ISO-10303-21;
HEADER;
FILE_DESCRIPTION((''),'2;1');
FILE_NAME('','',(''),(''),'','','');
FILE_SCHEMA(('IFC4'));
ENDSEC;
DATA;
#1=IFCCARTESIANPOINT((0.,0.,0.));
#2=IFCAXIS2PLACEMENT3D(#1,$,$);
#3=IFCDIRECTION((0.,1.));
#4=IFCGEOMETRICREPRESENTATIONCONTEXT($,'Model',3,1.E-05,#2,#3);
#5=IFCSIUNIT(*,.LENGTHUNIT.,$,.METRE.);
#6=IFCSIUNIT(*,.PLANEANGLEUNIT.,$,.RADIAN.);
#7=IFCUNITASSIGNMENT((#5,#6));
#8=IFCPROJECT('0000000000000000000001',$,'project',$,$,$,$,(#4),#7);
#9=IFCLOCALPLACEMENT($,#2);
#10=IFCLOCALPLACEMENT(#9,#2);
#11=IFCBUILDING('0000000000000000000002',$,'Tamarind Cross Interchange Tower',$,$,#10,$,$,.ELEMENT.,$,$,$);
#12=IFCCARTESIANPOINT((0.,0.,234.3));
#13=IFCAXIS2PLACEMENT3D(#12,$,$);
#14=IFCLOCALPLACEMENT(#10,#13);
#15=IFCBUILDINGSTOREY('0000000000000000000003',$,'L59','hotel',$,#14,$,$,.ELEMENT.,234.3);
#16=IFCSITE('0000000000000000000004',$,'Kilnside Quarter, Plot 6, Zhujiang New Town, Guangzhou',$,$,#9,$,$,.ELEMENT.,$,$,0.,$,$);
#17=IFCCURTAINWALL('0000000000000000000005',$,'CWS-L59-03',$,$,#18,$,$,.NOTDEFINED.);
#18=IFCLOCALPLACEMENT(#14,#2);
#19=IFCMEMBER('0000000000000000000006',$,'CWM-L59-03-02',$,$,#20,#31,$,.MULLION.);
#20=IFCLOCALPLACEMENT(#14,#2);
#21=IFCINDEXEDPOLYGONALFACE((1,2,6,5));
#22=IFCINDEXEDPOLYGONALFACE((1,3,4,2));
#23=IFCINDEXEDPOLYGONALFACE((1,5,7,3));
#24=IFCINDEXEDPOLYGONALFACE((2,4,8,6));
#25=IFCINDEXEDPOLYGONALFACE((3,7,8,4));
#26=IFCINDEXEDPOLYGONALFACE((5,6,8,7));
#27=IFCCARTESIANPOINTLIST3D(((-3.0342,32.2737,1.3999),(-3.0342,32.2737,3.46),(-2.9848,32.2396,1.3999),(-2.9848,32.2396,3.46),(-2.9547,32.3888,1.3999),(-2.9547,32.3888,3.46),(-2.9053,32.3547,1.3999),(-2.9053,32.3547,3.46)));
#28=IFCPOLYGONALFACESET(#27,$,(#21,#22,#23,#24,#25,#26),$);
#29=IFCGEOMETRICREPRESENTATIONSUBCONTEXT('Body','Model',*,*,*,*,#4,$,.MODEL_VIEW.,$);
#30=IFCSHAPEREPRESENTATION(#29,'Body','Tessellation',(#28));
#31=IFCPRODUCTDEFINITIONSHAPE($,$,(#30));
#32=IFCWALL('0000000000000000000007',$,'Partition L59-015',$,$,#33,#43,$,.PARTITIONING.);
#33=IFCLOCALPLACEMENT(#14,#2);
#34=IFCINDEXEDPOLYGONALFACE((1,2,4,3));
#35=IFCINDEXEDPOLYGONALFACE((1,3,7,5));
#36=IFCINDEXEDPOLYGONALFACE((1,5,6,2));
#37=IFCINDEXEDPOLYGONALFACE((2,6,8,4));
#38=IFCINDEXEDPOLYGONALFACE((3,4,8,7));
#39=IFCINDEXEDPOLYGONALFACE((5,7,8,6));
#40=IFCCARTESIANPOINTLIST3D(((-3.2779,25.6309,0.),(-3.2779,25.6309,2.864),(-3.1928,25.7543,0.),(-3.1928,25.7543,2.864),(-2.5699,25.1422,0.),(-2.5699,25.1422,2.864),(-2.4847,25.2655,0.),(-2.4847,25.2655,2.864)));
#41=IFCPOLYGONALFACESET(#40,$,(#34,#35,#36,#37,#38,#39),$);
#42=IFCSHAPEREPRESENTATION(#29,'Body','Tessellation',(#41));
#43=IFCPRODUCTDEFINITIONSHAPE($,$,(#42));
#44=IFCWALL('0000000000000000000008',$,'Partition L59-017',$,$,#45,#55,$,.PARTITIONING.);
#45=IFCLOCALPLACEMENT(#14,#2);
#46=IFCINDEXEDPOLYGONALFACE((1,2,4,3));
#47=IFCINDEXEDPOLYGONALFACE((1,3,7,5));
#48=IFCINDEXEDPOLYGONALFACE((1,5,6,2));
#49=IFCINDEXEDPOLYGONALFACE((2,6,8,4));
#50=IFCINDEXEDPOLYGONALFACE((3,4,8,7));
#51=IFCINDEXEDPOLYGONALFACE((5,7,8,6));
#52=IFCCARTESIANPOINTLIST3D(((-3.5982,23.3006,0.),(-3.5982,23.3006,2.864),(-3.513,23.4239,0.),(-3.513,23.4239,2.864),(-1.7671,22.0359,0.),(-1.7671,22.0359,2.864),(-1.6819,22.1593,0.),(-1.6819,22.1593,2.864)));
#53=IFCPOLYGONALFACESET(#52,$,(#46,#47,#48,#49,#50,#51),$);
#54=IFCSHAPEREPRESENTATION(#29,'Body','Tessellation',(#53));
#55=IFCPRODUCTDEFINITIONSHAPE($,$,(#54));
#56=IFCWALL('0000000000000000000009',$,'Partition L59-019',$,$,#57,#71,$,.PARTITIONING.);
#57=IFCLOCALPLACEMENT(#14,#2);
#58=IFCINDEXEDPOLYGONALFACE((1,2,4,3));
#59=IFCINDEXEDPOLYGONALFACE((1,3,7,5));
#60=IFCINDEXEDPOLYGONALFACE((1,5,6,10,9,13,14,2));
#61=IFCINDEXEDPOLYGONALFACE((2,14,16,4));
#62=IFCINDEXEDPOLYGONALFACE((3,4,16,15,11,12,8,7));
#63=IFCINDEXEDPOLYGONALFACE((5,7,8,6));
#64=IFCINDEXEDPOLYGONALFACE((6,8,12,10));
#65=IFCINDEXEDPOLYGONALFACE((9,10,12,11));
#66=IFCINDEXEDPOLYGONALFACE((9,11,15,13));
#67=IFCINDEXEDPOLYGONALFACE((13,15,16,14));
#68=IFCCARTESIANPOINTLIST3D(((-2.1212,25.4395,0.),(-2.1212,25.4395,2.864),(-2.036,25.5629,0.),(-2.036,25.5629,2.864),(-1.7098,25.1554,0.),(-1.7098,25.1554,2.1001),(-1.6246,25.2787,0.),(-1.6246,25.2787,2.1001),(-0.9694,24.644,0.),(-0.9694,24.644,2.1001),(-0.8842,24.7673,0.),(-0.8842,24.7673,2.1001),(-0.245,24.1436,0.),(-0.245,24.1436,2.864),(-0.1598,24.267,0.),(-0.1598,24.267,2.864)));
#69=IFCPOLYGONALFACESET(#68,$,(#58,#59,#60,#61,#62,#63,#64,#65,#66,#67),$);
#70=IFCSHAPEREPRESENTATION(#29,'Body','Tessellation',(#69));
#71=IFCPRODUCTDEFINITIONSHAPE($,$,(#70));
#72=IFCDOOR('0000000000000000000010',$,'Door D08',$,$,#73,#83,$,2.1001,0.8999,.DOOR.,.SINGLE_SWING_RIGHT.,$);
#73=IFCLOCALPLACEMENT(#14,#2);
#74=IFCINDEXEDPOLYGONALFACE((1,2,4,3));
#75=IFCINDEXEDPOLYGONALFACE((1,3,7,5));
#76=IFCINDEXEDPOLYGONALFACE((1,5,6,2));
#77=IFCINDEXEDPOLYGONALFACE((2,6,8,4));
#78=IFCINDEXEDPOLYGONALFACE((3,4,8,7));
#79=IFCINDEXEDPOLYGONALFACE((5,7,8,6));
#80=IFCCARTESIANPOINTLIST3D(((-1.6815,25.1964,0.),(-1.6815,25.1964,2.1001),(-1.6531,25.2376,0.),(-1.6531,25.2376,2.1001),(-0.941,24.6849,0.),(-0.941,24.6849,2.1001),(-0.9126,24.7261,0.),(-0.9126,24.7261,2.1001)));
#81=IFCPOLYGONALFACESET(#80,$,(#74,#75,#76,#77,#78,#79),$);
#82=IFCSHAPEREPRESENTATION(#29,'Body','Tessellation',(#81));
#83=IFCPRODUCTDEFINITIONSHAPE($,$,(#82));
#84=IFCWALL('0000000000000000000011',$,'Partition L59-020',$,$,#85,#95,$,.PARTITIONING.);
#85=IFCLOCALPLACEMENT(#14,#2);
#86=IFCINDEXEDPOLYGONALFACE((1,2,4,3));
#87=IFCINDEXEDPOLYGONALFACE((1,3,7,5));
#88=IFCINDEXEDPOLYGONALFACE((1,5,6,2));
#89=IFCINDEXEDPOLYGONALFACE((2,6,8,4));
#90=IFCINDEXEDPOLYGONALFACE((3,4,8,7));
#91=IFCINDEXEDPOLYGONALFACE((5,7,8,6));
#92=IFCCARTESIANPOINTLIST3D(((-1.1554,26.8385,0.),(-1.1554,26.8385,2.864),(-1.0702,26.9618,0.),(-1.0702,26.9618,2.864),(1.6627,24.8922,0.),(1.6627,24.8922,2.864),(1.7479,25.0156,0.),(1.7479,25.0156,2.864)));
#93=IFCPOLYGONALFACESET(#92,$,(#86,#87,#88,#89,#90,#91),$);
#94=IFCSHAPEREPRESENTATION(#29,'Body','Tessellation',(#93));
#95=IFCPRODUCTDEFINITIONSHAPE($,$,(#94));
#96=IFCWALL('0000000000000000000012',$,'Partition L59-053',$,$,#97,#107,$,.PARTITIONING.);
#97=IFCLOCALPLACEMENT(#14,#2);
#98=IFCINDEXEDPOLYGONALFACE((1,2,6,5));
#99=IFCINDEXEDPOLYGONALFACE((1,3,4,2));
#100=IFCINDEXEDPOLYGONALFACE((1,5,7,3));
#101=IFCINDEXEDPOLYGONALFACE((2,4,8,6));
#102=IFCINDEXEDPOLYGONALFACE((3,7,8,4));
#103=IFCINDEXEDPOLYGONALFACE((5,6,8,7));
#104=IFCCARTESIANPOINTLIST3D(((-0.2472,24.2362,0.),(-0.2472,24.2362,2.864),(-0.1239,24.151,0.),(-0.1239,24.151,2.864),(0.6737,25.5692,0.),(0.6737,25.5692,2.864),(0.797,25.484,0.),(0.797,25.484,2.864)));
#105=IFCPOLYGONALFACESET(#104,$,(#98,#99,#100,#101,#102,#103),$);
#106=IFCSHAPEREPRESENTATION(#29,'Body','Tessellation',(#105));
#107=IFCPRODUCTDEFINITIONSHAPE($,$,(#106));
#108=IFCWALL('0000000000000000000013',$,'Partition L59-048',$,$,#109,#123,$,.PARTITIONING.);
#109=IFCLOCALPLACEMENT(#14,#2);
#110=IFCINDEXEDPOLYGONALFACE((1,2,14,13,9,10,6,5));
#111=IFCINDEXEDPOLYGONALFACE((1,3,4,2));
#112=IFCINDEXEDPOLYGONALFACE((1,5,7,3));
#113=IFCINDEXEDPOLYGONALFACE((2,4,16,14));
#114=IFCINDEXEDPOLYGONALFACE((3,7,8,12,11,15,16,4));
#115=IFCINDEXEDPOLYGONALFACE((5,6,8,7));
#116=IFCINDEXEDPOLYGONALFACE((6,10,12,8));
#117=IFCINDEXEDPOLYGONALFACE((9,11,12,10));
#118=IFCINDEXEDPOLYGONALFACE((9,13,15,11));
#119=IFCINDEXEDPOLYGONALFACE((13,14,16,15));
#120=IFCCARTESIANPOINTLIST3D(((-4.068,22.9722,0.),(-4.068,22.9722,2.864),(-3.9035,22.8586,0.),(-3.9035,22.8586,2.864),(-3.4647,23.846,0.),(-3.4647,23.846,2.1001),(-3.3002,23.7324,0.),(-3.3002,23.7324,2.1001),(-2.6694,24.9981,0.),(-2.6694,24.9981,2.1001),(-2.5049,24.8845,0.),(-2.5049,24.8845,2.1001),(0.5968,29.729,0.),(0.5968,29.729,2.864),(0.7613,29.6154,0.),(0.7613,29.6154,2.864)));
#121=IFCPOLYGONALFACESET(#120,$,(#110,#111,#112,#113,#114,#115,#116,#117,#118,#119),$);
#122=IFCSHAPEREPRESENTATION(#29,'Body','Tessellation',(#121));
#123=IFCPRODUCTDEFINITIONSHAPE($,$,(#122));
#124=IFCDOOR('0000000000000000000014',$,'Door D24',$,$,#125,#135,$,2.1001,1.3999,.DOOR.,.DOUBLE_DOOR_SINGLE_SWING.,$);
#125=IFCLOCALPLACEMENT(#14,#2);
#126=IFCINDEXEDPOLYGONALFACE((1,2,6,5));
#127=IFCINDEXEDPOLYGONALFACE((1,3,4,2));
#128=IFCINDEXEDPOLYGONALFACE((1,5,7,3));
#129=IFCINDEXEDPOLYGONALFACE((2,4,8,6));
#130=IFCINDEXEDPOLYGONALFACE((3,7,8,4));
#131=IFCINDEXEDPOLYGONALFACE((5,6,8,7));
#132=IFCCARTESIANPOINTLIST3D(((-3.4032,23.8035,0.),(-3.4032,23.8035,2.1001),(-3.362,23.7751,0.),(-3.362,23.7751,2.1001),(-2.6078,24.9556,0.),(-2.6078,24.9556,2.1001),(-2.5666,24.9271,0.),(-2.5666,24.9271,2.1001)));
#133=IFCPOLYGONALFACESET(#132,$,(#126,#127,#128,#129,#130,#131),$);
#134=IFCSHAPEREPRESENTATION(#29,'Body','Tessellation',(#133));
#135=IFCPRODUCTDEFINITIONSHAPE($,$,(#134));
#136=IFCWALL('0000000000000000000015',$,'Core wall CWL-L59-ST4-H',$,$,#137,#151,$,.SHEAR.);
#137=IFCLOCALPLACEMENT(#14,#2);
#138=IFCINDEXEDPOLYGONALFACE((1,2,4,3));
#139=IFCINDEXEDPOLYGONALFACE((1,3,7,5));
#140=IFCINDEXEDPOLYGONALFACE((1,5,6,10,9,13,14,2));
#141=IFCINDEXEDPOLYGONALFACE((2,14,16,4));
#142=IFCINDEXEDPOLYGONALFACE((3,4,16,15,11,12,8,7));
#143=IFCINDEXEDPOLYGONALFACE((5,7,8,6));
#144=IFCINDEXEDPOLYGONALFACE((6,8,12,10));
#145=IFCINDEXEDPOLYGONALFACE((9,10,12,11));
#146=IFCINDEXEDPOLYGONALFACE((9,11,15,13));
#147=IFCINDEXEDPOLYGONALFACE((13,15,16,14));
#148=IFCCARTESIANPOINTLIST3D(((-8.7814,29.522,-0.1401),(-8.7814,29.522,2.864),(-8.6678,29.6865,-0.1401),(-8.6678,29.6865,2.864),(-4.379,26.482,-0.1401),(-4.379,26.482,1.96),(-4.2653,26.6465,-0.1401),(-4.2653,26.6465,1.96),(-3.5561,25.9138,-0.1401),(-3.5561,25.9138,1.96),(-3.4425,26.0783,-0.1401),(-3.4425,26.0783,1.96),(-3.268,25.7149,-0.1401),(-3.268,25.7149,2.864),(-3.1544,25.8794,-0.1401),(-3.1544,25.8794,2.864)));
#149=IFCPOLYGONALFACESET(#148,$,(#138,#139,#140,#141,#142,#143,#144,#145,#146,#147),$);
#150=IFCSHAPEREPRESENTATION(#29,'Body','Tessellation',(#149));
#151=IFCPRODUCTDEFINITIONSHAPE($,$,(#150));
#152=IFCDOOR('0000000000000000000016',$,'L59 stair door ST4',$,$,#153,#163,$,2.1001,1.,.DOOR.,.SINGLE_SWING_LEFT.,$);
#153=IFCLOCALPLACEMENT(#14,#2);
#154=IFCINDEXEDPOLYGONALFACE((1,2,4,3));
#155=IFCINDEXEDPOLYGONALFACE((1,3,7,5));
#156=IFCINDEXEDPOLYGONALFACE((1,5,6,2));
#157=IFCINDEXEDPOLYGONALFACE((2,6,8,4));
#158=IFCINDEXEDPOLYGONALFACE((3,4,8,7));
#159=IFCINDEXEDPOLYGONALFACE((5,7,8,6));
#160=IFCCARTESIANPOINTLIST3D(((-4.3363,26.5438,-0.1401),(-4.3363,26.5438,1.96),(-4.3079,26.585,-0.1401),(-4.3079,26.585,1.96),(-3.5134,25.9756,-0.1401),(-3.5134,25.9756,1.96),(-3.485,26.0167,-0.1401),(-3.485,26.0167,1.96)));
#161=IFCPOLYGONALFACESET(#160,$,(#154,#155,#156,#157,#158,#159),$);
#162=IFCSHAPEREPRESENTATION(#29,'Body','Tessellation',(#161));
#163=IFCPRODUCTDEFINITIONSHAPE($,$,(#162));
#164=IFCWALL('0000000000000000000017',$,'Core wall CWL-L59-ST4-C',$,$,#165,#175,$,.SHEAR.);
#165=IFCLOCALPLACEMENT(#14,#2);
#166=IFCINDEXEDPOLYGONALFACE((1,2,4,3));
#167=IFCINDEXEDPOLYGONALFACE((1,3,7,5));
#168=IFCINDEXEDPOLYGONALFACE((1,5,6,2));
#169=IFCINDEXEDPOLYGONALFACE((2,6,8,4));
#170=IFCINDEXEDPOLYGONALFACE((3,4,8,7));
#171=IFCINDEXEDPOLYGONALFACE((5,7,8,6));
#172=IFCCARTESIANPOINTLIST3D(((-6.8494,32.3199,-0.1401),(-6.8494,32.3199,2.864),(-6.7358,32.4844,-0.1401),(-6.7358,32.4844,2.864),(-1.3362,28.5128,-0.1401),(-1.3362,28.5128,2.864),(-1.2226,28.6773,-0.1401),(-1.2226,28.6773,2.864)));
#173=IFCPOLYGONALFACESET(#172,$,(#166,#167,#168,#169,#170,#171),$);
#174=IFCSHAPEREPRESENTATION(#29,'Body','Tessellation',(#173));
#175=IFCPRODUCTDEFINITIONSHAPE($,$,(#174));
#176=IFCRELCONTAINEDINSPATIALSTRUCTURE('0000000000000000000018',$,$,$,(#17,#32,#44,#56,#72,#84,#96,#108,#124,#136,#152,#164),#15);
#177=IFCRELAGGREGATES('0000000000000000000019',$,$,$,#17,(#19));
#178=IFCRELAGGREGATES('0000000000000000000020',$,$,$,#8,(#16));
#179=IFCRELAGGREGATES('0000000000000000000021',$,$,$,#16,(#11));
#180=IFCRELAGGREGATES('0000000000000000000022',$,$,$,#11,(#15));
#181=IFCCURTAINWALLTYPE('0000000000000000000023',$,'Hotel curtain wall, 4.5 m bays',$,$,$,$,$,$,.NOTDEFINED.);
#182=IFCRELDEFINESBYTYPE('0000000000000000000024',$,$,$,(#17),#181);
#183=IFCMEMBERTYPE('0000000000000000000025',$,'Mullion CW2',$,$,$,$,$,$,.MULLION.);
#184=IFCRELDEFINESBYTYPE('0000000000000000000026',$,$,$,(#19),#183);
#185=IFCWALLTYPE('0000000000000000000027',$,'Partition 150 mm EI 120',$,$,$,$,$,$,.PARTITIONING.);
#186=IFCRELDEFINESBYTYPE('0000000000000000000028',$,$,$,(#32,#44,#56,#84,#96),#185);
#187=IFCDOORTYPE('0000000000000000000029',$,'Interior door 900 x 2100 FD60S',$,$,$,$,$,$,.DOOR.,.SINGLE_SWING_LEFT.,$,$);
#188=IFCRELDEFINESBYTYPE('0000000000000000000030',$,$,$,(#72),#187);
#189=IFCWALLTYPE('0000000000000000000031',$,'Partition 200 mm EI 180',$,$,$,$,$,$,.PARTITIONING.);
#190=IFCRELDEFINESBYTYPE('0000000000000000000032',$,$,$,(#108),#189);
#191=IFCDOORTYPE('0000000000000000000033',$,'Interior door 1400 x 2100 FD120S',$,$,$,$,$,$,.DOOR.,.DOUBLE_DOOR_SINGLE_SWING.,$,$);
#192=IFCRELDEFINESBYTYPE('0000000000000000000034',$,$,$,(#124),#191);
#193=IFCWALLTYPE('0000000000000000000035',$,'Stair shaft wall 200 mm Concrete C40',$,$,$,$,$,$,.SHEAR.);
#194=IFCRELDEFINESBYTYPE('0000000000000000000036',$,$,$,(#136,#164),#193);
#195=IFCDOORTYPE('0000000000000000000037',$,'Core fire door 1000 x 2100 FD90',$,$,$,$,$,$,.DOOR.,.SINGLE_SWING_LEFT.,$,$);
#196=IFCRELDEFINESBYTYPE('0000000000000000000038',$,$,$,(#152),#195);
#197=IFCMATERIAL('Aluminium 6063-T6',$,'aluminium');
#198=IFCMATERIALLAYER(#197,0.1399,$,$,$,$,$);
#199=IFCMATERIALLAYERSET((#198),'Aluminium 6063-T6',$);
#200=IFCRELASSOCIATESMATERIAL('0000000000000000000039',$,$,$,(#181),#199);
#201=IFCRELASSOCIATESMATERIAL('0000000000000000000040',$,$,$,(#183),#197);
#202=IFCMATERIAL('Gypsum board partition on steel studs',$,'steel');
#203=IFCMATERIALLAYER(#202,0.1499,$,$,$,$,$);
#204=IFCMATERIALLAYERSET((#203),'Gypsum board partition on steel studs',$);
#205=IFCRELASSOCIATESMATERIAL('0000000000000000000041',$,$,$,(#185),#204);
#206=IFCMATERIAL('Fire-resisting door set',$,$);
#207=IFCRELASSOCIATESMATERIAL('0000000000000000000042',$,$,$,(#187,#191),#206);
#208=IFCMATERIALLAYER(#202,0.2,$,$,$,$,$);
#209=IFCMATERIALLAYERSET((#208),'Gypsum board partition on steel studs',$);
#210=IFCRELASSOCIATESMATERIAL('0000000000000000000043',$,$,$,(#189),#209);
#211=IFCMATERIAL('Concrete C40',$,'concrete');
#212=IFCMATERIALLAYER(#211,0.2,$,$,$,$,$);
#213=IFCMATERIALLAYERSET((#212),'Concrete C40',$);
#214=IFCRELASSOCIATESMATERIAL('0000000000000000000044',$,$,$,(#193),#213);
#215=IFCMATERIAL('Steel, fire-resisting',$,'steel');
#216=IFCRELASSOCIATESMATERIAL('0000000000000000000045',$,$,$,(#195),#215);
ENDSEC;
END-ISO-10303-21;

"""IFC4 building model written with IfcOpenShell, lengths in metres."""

from ifc_helpers import new_model, si_unit, direction, frame, frame_2d, origin, origin_2d, place, context, subcontext, project, spatial, rectangle, extrude, material, layer, layer_set, material_profile, profile_set, type_object, element, fill, aggregate, save


model = new_model("IFC4")

# Units and contexts
model_context = context("Model", 3, precision=1e-05, world=origin(), true_north=direction((0.0, 1.0)))
body_context = subcontext(model_context, "Body", "Model", "MODEL_VIEW")
ifc_project = project(units=[si_unit("LENGTHUNIT", "METRE"), si_unit("PLANEANGLEUNIT", "RADIAN")], contexts=[model_context])

# Site, building, storey
site_placement = place(None, origin())
site = spatial("IfcSite", under=ifc_project, at=site_placement, Name="Kilnside Quarter, Plot 6, Zhujiang New Town, Guangzhou", CompositionType="ELEMENT", RefElevation=0.0)
building_placement = place(site_placement, origin())
building = spatial("IfcBuilding", under=site, at=building_placement, Name="Tamarind Cross Interchange Tower", CompositionType="ELEMENT")
storey_placement = place(building_placement, frame((0.0, 0.0, 234.3)))
storey = spatial("IfcBuildingStorey", under=building, at=storey_placement, Name="L59", Description="hotel", CompositionType="ELEMENT", Elevation=234.3)

# Curtain wall, member
ifc_material_1 = material(Name="Aluminium 6063-T6", Category="aluminium")
ifc_layer_1 = layer(ifc_material_1, 0.1399)
ifc_layer_set_1 = layer_set([ifc_layer_1], Name="Aluminium 6063-T6")
curtain_wall_type = type_object("IfcCurtainWallType", Name="Hotel curtain wall, 4.5 m bays", PredefinedType="NOTDEFINED", material=ifc_layer_set_1)
curtain_wall_placement = place(storey_placement, origin())
curtain_wall = element("IfcCurtainWall", 1, at=curtain_wall_placement, inside=storey, type_object=curtain_wall_type, Name="CWS-L59-03", PredefinedType="NOTDEFINED")
ifc_material_profile_1 = material_profile(ifc_material_1, rectangle(XDim=0.0601, YDim=0.1399, at=origin_2d()), Name="Mullion CW2")
ifc_profile_set_1 = profile_set([ifc_material_profile_1], Name="Aluminium 6063-T6")
member_type = type_object("IfcMemberType", Name="Mullion CW2", PredefinedType="MULLION", material=ifc_profile_set_1)
member_placement = place(storey_placement, frame((-2.9697, 32.3142, 1.3999), z_axis=(0.0, 0.0, 1.0), x_axis=(-0.822883, 0.568211, 0.0)))
member = element("IfcMember", 2, at=member_placement, type_object=member_type, Name="CWM-L59-03-02", PredefinedType="MULLION", context=body_context, shape_type="SweptSolid", body=[
    extrude(rectangle(XDim=0.0601, YDim=0.1399, at=origin_2d()), origin(), (0.0, 0.0, 1.0), 2.0601),
])
aggregate(curtain_wall, [member])

# Walls
ifc_material_2 = material(Name="Gypsum board partition on steel studs", Category="steel")
ifc_layer_2 = layer(ifc_material_2, 0.1499)
ifc_layer_set_2 = layer_set([ifc_layer_2], Name="Gypsum board partition on steel studs")
wall_type_1 = type_object("IfcWallType", Name="Partition 150 mm EI 120", PredefinedType="PARTITIONING", material=ifc_layer_set_2)
wall_1_placement = place(storey_placement, frame((-3.2354, 25.6926, 0.0), z_axis=(0.0, 0.0, 1.0), x_axis=(0.822947, -0.568118, 0.0)))
element("IfcWall", 3, at=wall_1_placement, inside=storey, type_object=wall_type_1, Name="Partition L59-015", PredefinedType="PARTITIONING", context=body_context, shape_type="SweptSolid", body=[
    extrude(rectangle(XDim=0.8604, YDim=0.1499, at=frame_2d((0.4302, 0.0))), origin(), (0.0, 0.0, 1.0), 2.864),
])
wall_2_placement = place(storey_placement, frame((-3.5557, 23.3623, 0.0), z_axis=(0.0, 0.0, 1.0), x_axis=(0.822824, -0.568297, 0.0)))
element("IfcWall", 4, at=wall_2_placement, inside=storey, type_object=wall_type_1, Name="Partition L59-017", PredefinedType="PARTITIONING", context=body_context, shape_type="SweptSolid", body=[
    extrude(rectangle(XDim=2.2253, YDim=0.1499, at=frame_2d((1.1128, 0.0))), origin(), (0.0, 0.0, 1.0), 2.864),
])

# Wall, opening, door
wall_3_placement = place(storey_placement, frame((-2.0786, 25.5012, 0.0), z_axis=(0.0, 0.0, 1.0), x_axis=(0.822812, -0.568313, 0.0)))
wall_3 = element("IfcWall", 5, at=wall_3_placement, inside=storey, type_object=wall_type_1, Name="Partition L59-019", PredefinedType="PARTITIONING", context=body_context, shape_type="SweptSolid", body=[
    extrude(rectangle(XDim=2.2803, YDim=0.1499, at=frame_2d((1.1401, 0.0))), origin(), (0.0, 0.0, 1.0), 2.864),
])
opening_1_placement = place(wall_3_placement, frame((0.5, 0.0, 0.0)))
opening_1 = element("IfcOpeningElement", 6, at=opening_1_placement, cuts=wall_3, PredefinedType="OPENING", context=body_context, shape_type="SweptSolid", body=[
    extrude(rectangle(XDim=0.8999, YDim=2.1001, at=frame_2d((0.45, 1.05))), frame((0.0, 0.085, 0.0), z_axis=(0.0, -1.0, 0.0), x_axis=(1.0, 0.0, 0.0)), (0.0, 0.0, 1.0), 0.1699),
])
ifc_material_3 = material(Name="Fire-resisting door set")
door_type_1 = type_object("IfcDoorType", Name="Interior door 900 x 2100 FD60S", OperationType="SINGLE_SWING_LEFT", PredefinedType="DOOR", material=ifc_material_3)
door_1_placement = place(opening_1_placement, origin())
door_1 = element("IfcDoor", 7, at=door_1_placement, inside=storey, type_object=door_type_1, Name="Door D08", OperationType="SINGLE_SWING_RIGHT", OverallHeight=2.1001, OverallWidth=0.8999, PredefinedType="DOOR", context=body_context, shape_type="SweptSolid", body=[
    extrude(rectangle(XDim=0.8999, YDim=2.1001, at=frame_2d((0.45, 1.05))), frame((0.0, 0.0249, 0.0), z_axis=(0.0, -1.0, 0.0), x_axis=(1.0, 0.0, 0.0)), (0.0, 0.0, 1.0), 0.05),
])
fill(opening_1, door_1)

# Walls
wall_4_placement = place(storey_placement, frame((-1.1128, 26.9001, 0.0), z_axis=(0.0, 0.0, 1.0), x_axis=(0.822836, -0.568279, 0.0)))
element("IfcWall", 8, at=wall_4_placement, inside=storey, type_object=wall_type_1, Name="Partition L59-020", PredefinedType="PARTITIONING", context=body_context, shape_type="SweptSolid", body=[
    extrude(rectangle(XDim=3.4248, YDim=0.1499, at=frame_2d((1.7124, 0.0))), origin(), (0.0, 0.0, 1.0), 2.864),
])
wall_5_placement = place(storey_placement, frame((-0.1855, 24.1936, 0.0), z_axis=(0.0, 0.0, 1.0), x_axis=(0.568395, 0.822756, 0.0)))
element("IfcWall", 9, at=wall_5_placement, inside=storey, type_object=wall_type_1, Name="Partition L59-053", PredefinedType="PARTITIONING", context=body_context, shape_type="SweptSolid", body=[
    extrude(rectangle(XDim=1.6201, YDim=0.1499, at=frame_2d((0.8101, 0.0))), origin(), (0.0, 0.0, 1.0), 2.864),
])

# Walls, openings, doors
ifc_layer_3 = layer(ifc_material_2, 0.2)
ifc_layer_set_3 = layer_set([ifc_layer_3], Name="Gypsum board partition on steel studs")
wall_type_2 = type_object("IfcWallType", Name="Partition 200 mm EI 180", PredefinedType="PARTITIONING", material=ifc_layer_set_3)
wall_6_placement = place(storey_placement, frame((-3.9858, 22.9153, 0.0), z_axis=(0.0, 0.0, 1.0), x_axis=(0.568138, 0.822933, 0.0)))
wall_6 = element("IfcWall", 10, at=wall_6_placement, inside=storey, type_object=wall_type_2, Name="Partition L59-048", PredefinedType="PARTITIONING", context=body_context, shape_type="SweptSolid", body=[
    extrude(rectangle(XDim=8.2107, YDim=0.2, at=frame_2d((4.1055, 0.0))), origin(), (0.0, 0.0, 1.0), 2.864),
])
opening_2_placement = place(wall_6_placement, frame((1.062, 0.0, 0.0)))
opening_2 = element("IfcOpeningElement", 11, at=opening_2_placement, cuts=wall_6, PredefinedType="OPENING", context=body_context, shape_type="SweptSolid", body=[
    extrude(rectangle(XDim=1.3999, YDim=2.1001, at=frame_2d((0.7, 1.05))), frame((0.0, 0.1099, 0.0), z_axis=(0.0, -1.0, 0.0), x_axis=(1.0, 0.0, 0.0)), (0.0, 0.0, 1.0), 0.22),
])
door_type_2 = type_object("IfcDoorType", Name="Interior door 1400 x 2100 FD120S", OperationType="DOUBLE_DOOR_SINGLE_SWING", PredefinedType="DOOR", material=ifc_material_3)
door_2_placement = place(opening_2_placement, frame((1.3999, 0.0, 0.0), z_axis=(0.0, 0.0, 1.0), x_axis=(-1.0, 0.0, 0.0)))
door_2 = element("IfcDoor", 12, at=door_2_placement, inside=storey, type_object=door_type_2, Name="Door D24", OperationType="DOUBLE_DOOR_SINGLE_SWING", OverallHeight=2.1001, OverallWidth=1.3999, PredefinedType="DOOR", context=body_context, shape_type="SweptSolid", body=[
    extrude(rectangle(XDim=1.3999, YDim=2.1001, at=frame_2d((0.7, 1.05))), frame((0.0, 0.0249, 0.0), z_axis=(0.0, -1.0, 0.0), x_axis=(1.0, 0.0, 0.0)), (0.0, 0.0, 1.0), 0.05),
])
fill(opening_2, door_2)
ifc_material_4 = material(Name="Concrete C40", Category="concrete")
ifc_layer_4 = layer(ifc_material_4, 0.2)
ifc_layer_set_4 = layer_set([ifc_layer_4], Name="Concrete C40")
wall_type_3 = type_object("IfcWallType", Name="Stair shaft wall 200 mm Concrete C40", PredefinedType="SHEAR", material=ifc_layer_set_4)
wall_7_placement = place(storey_placement, frame((-3.2112, 25.7971, -0.1401), z_axis=(0.0, 0.0, 1.0), x_axis=(-0.82288, 0.568215, 0.0)))
wall_7 = element("IfcWall", 13, at=wall_7_placement, inside=storey, type_object=wall_type_3, Name="Core wall CWL-L59-ST4-H", PredefinedType="SHEAR", context=body_context, shape_type="SweptSolid", body=[
    extrude(rectangle(XDim=6.7002, YDim=0.2, at=frame_2d((3.3501, 0.0))), origin(), (0.0, 0.0, 1.0), 3.0042),
])
opening_3_placement = place(wall_7_placement, frame((0.3501, 0.0, 0.0)))
opening_3 = element("IfcOpeningElement", 14, at=opening_3_placement, cuts=wall_7, PredefinedType="OPENING", context=body_context, shape_type="SweptSolid", body=[
    extrude(rectangle(XDim=1.0, YDim=2.1001, at=frame_2d((0.5, 1.05))), frame((0.0, 0.1099, 0.0), z_axis=(0.0, -1.0, 0.0), x_axis=(1.0, 0.0, 0.0)), (0.0, 0.0, 1.0), 0.22),
])
ifc_material_5 = material(Name="Steel, fire-resisting", Category="steel")
door_type_3 = type_object("IfcDoorType", Name="Core fire door 1000 x 2100 FD90", OperationType="SINGLE_SWING_LEFT", PredefinedType="DOOR", material=ifc_material_5)
door_3_placement = place(opening_3_placement, origin())
door_3 = element("IfcDoor", 15, at=door_3_placement, inside=storey, type_object=door_type_3, Name="L59 stair door ST4", OperationType="SINGLE_SWING_LEFT", OverallHeight=2.1001, OverallWidth=1.0, PredefinedType="DOOR", context=body_context, shape_type="SweptSolid", body=[
    extrude(rectangle(XDim=1.0, YDim=2.1001, at=frame_2d((0.5, 1.05))), frame((0.0, 0.0249, 0.0), z_axis=(0.0, -1.0, 0.0), x_axis=(1.0, 0.0, 0.0)), (0.0, 0.0, 1.0), 0.05),
])
fill(opening_3, door_3)

# Wall
wall_8_placement = place(storey_placement, frame((-1.2793, 28.595, -0.1401), z_axis=(0.0, 0.0, 1.0), x_axis=(-0.822869, 0.568232, 0.0)))
element("IfcWall", 16, at=wall_8_placement, inside=storey, type_object=wall_type_3, Name="Core wall CWL-L59-ST4-C", PredefinedType="SHEAR", context=body_context, shape_type="SweptSolid", body=[
    extrude(rectangle(XDim=6.7, YDim=0.2, at=frame_2d((3.3501, 0.0))), origin(), (0.0, 0.0, 1.0), 3.0042),
])

save(model, "model.ifc")
